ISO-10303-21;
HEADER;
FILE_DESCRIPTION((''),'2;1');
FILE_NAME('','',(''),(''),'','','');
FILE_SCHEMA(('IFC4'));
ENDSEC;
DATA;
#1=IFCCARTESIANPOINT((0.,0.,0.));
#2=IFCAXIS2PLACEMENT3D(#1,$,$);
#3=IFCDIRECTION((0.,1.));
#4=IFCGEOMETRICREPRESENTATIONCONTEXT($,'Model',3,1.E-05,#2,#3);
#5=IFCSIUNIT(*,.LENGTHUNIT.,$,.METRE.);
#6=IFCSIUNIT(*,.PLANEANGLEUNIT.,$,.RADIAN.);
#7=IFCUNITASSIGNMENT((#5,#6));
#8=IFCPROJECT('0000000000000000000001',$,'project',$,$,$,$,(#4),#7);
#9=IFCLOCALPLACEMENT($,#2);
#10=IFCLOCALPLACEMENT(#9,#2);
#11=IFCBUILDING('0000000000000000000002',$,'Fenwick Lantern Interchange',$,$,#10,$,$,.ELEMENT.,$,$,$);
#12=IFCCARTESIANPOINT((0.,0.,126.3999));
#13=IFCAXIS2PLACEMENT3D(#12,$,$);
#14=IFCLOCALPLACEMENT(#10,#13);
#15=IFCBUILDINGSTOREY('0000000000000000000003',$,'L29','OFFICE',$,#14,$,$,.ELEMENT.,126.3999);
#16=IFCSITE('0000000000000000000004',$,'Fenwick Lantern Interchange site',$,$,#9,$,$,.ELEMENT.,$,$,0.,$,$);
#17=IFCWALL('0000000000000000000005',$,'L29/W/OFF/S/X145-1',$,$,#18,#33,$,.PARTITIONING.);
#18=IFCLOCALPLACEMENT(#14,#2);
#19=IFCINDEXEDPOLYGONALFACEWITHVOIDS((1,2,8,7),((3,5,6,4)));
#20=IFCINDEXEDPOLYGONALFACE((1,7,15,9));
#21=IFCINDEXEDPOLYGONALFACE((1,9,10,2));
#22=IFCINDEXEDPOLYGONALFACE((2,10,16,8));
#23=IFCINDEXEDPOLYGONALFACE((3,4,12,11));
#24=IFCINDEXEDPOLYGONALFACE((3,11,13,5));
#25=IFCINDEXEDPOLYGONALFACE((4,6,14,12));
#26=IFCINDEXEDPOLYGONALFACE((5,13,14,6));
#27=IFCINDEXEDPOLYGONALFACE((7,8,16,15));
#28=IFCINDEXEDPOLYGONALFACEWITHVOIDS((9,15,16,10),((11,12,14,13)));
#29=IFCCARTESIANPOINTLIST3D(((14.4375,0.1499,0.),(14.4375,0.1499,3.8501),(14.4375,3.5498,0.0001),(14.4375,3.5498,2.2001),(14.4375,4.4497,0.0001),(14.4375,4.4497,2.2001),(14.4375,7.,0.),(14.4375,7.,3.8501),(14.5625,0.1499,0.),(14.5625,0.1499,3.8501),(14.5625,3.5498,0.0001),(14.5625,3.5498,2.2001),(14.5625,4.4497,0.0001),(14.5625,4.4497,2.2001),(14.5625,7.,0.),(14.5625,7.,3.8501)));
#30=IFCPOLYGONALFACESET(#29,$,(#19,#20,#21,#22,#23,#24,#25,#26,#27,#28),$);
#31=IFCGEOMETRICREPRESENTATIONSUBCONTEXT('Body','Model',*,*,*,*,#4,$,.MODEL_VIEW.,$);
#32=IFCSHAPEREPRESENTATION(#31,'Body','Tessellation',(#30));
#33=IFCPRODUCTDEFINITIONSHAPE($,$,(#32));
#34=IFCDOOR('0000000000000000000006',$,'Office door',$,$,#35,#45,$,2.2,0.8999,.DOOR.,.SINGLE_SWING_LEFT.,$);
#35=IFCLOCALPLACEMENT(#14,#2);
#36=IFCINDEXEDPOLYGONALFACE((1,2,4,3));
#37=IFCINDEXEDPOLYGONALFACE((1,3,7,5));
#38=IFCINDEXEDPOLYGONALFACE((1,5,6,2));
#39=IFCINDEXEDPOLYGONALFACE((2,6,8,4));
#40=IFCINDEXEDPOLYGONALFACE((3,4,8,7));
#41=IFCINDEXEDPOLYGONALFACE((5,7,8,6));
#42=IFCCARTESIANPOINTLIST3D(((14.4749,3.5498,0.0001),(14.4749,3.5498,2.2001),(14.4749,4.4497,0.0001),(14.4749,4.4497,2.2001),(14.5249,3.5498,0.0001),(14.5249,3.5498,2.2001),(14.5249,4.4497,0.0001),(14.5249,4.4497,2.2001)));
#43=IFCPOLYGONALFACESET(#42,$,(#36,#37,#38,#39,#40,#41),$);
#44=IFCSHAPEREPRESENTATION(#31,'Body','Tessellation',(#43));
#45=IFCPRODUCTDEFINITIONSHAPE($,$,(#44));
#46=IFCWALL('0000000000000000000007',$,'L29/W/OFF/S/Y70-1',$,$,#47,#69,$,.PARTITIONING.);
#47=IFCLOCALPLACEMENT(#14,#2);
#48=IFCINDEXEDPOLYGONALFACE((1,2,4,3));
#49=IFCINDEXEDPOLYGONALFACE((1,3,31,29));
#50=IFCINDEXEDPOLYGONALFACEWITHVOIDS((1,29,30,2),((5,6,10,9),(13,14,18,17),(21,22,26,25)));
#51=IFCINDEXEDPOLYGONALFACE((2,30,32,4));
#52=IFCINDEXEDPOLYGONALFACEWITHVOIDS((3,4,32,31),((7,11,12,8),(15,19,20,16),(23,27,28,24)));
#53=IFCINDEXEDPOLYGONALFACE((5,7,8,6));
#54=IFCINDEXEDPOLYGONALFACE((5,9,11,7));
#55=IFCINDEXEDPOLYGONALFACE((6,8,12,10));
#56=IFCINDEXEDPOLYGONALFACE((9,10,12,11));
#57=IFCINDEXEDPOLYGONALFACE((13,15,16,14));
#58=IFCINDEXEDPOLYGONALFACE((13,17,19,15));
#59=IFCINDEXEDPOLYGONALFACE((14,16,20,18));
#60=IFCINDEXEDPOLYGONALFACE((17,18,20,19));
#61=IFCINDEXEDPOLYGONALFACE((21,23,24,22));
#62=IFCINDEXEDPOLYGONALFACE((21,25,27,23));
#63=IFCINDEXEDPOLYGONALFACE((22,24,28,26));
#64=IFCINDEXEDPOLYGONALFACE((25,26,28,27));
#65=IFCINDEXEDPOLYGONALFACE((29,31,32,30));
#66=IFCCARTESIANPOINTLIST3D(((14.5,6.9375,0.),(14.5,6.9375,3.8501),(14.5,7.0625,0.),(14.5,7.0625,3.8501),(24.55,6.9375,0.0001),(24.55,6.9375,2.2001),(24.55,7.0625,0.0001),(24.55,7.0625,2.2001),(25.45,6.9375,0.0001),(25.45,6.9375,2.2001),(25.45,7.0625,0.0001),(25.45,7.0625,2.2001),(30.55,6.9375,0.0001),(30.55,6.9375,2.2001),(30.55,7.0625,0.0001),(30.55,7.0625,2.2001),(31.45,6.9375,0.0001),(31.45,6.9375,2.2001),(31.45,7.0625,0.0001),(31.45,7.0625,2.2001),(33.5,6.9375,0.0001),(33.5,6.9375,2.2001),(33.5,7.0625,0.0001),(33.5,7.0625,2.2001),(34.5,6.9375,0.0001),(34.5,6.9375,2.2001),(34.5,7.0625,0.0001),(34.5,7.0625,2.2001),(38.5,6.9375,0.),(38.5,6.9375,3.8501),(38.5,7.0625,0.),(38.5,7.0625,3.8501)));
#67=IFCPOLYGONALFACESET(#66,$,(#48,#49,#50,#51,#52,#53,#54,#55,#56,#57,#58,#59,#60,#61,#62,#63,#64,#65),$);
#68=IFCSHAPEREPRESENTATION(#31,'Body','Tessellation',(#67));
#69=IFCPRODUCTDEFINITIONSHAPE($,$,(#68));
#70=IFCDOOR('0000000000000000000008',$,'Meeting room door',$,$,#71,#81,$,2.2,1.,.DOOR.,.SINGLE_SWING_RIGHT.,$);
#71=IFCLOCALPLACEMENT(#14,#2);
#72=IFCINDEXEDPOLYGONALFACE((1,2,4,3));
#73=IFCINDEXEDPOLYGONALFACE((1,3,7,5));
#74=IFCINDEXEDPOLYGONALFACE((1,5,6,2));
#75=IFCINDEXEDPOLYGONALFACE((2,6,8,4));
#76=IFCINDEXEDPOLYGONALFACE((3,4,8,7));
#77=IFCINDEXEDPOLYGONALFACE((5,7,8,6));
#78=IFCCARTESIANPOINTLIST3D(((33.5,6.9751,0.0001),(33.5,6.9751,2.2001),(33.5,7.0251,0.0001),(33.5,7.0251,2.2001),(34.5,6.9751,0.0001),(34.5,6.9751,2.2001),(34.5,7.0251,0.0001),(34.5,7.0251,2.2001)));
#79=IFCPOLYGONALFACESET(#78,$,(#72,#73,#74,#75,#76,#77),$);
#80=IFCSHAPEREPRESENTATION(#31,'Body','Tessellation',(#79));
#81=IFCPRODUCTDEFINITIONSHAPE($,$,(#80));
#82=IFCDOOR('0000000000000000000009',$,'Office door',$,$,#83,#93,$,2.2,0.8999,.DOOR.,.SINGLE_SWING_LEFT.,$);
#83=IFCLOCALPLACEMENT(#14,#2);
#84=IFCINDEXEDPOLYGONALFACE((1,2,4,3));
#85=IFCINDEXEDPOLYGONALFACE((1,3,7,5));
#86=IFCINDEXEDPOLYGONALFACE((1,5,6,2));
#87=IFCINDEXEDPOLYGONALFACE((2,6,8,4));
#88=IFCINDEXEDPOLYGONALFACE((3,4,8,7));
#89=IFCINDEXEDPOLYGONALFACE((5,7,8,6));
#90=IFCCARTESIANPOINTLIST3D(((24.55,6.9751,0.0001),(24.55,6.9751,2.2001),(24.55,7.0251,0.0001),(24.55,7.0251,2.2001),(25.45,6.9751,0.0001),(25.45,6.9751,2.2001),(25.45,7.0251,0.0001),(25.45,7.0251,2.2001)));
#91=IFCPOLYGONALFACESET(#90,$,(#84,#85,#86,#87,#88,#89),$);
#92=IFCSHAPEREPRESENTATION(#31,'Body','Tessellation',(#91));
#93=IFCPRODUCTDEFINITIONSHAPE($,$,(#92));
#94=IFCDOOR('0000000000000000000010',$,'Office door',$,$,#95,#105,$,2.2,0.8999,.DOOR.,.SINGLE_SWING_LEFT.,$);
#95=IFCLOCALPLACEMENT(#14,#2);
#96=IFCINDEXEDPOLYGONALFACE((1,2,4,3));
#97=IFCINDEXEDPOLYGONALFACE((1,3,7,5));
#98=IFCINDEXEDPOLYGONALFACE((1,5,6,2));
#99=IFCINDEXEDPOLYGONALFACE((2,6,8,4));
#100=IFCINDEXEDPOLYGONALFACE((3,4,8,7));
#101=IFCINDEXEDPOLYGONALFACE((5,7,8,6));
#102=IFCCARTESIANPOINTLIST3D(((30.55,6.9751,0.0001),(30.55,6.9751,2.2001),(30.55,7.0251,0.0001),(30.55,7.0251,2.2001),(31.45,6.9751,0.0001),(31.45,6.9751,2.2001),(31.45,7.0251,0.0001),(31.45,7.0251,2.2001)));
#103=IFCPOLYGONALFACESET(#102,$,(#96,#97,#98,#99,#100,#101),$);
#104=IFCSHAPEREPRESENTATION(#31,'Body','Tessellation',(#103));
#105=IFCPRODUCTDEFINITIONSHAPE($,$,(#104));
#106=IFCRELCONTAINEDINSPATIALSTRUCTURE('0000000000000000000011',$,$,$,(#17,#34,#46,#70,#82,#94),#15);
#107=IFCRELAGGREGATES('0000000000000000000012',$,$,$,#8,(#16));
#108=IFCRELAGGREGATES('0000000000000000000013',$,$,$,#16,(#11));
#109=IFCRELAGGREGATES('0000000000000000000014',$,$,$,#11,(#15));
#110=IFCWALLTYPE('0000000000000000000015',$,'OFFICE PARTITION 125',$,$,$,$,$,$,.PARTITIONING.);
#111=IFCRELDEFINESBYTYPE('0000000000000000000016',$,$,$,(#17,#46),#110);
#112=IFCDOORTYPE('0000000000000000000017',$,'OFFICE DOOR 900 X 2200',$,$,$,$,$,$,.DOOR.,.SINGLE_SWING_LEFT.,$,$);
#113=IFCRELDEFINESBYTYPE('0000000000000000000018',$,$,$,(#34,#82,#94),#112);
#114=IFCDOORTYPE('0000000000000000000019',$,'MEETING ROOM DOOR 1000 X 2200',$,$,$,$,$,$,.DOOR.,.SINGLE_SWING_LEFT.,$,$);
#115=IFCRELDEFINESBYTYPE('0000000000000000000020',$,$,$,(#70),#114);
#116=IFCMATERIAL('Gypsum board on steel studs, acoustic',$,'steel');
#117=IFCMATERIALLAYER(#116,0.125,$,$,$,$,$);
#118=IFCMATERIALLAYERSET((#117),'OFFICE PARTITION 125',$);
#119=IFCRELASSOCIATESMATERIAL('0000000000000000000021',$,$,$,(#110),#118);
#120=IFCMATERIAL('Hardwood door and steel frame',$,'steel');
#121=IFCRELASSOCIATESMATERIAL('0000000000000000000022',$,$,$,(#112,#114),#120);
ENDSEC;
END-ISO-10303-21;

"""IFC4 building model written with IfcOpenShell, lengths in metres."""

from ifc_helpers import new_model, si_unit, direction, frame, frame_2d, origin, place, context, subcontext, project, spatial, rectangle, extrude, material, layer, layer_set, type_object, element, fill, save


model = new_model("IFC4")

# Units and contexts
model_context = context("Model", 3, precision=1e-05, world=origin(), true_north=direction((0.0, 1.0)))
body_context = subcontext(model_context, "Body", "Model", "MODEL_VIEW")
ifc_project = project(units=[si_unit("LENGTHUNIT", "METRE"), si_unit("PLANEANGLEUNIT", "RADIAN")], contexts=[model_context])

# Site, building, storey
site_placement = place(None, origin())
site = spatial("IfcSite", under=ifc_project, at=site_placement, Name="Fenwick Lantern Interchange site", CompositionType="ELEMENT", RefElevation=0.0)
building_placement = place(site_placement, origin())
building = spatial("IfcBuilding", under=site, at=building_placement, Name="Fenwick Lantern Interchange", CompositionType="ELEMENT")
storey_placement = place(building_placement, frame((0.0, 0.0, 126.3999)))
storey = spatial("IfcBuildingStorey", under=building, at=storey_placement, Name="L29", Description="OFFICE", CompositionType="ELEMENT", Elevation=126.3999)

# Wall, opening, door
ifc_material_1 = material(Name="Gypsum board on steel studs, acoustic", Category="steel")
ifc_layer_1 = layer(ifc_material_1, 0.125)
ifc_layer_set_1 = layer_set([ifc_layer_1], Name="OFFICE PARTITION 125")
wall_type = type_object("IfcWallType", Name="OFFICE PARTITION 125", PredefinedType="PARTITIONING", material=ifc_layer_set_1)
wall_1_placement = place(storey_placement, frame((14.5, 0.1499, 0.0), z_axis=(0.0, 0.0, 1.0), x_axis=(0.0, 1.0, 0.0)))
wall_1 = element("IfcWall", 1, at=wall_1_placement, inside=storey, type_object=wall_type, Name="L29/W/OFF/S/X145-1", PredefinedType="PARTITIONING", context=body_context, shape_type="SweptSolid", body=[
    extrude(rectangle(XDim=6.8501, YDim=0.125, at=frame_2d((3.425, 0.0))), origin(), (0.0, 0.0, 1.0), 3.8501),
])
opening_1_placement = place(wall_1_placement, frame((3.3999, 0.0, 0.0)))
opening_1 = element("IfcOpeningElement", 2, at=opening_1_placement, cuts=wall_1, PredefinedType="OPENING", context=body_context, shape_type="SweptSolid", body=[
    extrude(rectangle(XDim=0.8999, YDim=2.2, at=frame_2d((0.45, 1.1001))), frame((0.0, 0.0725, 0.0), z_axis=(0.0, -1.0, 0.0), x_axis=(1.0, 0.0, 0.0)), (0.0, 0.0, 1.0), 0.145),
])
ifc_material_2 = material(Name="Hardwood door and steel frame", Category="steel")
door_type_1 = type_object("IfcDoorType", Name="OFFICE DOOR 900 X 2200", OperationType="SINGLE_SWING_LEFT", PredefinedType="DOOR", material=ifc_material_2)
door_1_placement = place(opening_1_placement, frame((0.8999, 0.0, 0.0), z_axis=(0.0, 0.0, 1.0), x_axis=(-1.0, 0.0, 0.0)))
door_1 = element("IfcDoor", 3, at=door_1_placement, inside=storey, type_object=door_type_1, Name="Office door", OperationType="SINGLE_SWING_LEFT", OverallHeight=2.2, OverallWidth=0.8999, PredefinedType="DOOR", context=body_context, shape_type="SweptSolid", body=[
    extrude(rectangle(XDim=0.8999, YDim=2.2, at=frame_2d((0.45, 1.1001))), frame((0.0, 0.0249, 0.0), z_axis=(0.0, -1.0, 0.0), x_axis=(1.0, 0.0, 0.0)), (0.0, 0.0, 1.0), 0.05),
])
fill(opening_1, door_1)

# Wall, openings, doors
wall_2_placement = place(storey_placement, frame((14.5, 7.0, 0.0), z_axis=(0.0, 0.0, 1.0), x_axis=(1.0, 0.0, 0.0)))
wall_2 = element("IfcWall", 4, at=wall_2_placement, inside=storey, type_object=wall_type, Name="L29/W/OFF/S/Y70-1", PredefinedType="PARTITIONING", context=body_context, shape_type="SweptSolid", body=[
    extrude(rectangle(XDim=24.0, YDim=0.125, at=frame_2d((12.0, 0.0))), origin(), (0.0, 0.0, 1.0), 3.8501),
])
opening_2_placement = place(wall_2_placement, frame((10.05, 0.0, 0.0)))
opening_2 = element("IfcOpeningElement", 5, at=opening_2_placement, cuts=wall_2, PredefinedType="OPENING", context=body_context, shape_type="SweptSolid", body=[
    extrude(rectangle(XDim=0.8999, YDim=2.2, at=frame_2d((0.45, 1.1001))), frame((0.0, 0.0725, 0.0), z_axis=(0.0, -1.0, 0.0), x_axis=(1.0, 0.0, 0.0)), (0.0, 0.0, 1.0), 0.145),
])
opening_3_placement = place(wall_2_placement, frame((16.05, 0.0, 0.0)))
opening_3 = element("IfcOpeningElement", 6, at=opening_3_placement, cuts=wall_2, PredefinedType="OPENING", context=body_context, shape_type="SweptSolid", body=[
    extrude(rectangle(XDim=0.8999, YDim=2.2, at=frame_2d((0.45, 1.1001))), frame((0.0, 0.0725, 0.0), z_axis=(0.0, -1.0, 0.0), x_axis=(1.0, 0.0, 0.0)), (0.0, 0.0, 1.0), 0.145),
])
opening_4_placement = place(wall_2_placement, frame((19.0, 0.0, 0.0)))
opening_4 = element("IfcOpeningElement", 7, at=opening_4_placement, cuts=wall_2, PredefinedType="OPENING", context=body_context, shape_type="SweptSolid", body=[
    extrude(rectangle(XDim=1.0, YDim=2.2, at=frame_2d((0.5, 1.1001))), frame((0.0, 0.0725, 0.0), z_axis=(0.0, -1.0, 0.0), x_axis=(1.0, 0.0, 0.0)), (0.0, 0.0, 1.0), 0.145),
])
door_type_2 = type_object("IfcDoorType", Name="MEETING ROOM DOOR 1000 X 2200", OperationType="SINGLE_SWING_LEFT", PredefinedType="DOOR", material=ifc_material_2)
door_2_placement = place(opening_4_placement, frame((1.0, 0.0, 0.0), z_axis=(0.0, 0.0, 1.0), x_axis=(-1.0, 0.0, 0.0)))
door_2 = element("IfcDoor", 8, at=door_2_placement, inside=storey, type_object=door_type_2, Name="Meeting room door", OperationType="SINGLE_SWING_RIGHT", OverallHeight=2.2, OverallWidth=1.0, PredefinedType="DOOR", context=body_context, shape_type="SweptSolid", body=[
    extrude(rectangle(XDim=1.0, YDim=2.2, at=frame_2d((0.5, 1.1001))), frame((0.0, 0.0249, 0.0), z_axis=(0.0, -1.0, 0.0), x_axis=(1.0, 0.0, 0.0)), (0.0, 0.0, 1.0), 0.05),
])
fill(opening_4, door_2)
door_3_placement = place(opening_2_placement, frame((0.8999, 0.0, 0.0), z_axis=(0.0, 0.0, 1.0), x_axis=(-1.0, 0.0, 0.0)))
door_3 = element("IfcDoor", 9, at=door_3_placement, inside=storey, type_object=door_type_1, Name="Office door", OperationType="SINGLE_SWING_LEFT", OverallHeight=2.2, OverallWidth=0.8999, PredefinedType="DOOR", context=body_context, shape_type="SweptSolid", body=[
    extrude(rectangle(XDim=0.8999, YDim=2.2, at=frame_2d((0.45, 1.1001))), frame((0.0, 0.0249, 0.0), z_axis=(0.0, -1.0, 0.0), x_axis=(1.0, 0.0, 0.0)), (0.0, 0.0, 1.0), 0.05),
])
fill(opening_2, door_3)
door_4_placement = place(opening_3_placement, frame((0.8999, 0.0, 0.0), z_axis=(0.0, 0.0, 1.0), x_axis=(-1.0, 0.0, 0.0)))
door_4 = element("IfcDoor", 10, at=door_4_placement, inside=storey, type_object=door_type_1, Name="Office door", OperationType="SINGLE_SWING_LEFT", OverallHeight=2.2, OverallWidth=0.8999, PredefinedType="DOOR", context=body_context, shape_type="SweptSolid", body=[
    extrude(rectangle(XDim=0.8999, YDim=2.2, at=frame_2d((0.45, 1.1001))), frame((0.0, 0.0249, 0.0), z_axis=(0.0, -1.0, 0.0), x_axis=(1.0, 0.0, 0.0)), (0.0, 0.0, 1.0), 0.05),
])
fill(opening_3, door_4)

save(model, "model.ifc")
